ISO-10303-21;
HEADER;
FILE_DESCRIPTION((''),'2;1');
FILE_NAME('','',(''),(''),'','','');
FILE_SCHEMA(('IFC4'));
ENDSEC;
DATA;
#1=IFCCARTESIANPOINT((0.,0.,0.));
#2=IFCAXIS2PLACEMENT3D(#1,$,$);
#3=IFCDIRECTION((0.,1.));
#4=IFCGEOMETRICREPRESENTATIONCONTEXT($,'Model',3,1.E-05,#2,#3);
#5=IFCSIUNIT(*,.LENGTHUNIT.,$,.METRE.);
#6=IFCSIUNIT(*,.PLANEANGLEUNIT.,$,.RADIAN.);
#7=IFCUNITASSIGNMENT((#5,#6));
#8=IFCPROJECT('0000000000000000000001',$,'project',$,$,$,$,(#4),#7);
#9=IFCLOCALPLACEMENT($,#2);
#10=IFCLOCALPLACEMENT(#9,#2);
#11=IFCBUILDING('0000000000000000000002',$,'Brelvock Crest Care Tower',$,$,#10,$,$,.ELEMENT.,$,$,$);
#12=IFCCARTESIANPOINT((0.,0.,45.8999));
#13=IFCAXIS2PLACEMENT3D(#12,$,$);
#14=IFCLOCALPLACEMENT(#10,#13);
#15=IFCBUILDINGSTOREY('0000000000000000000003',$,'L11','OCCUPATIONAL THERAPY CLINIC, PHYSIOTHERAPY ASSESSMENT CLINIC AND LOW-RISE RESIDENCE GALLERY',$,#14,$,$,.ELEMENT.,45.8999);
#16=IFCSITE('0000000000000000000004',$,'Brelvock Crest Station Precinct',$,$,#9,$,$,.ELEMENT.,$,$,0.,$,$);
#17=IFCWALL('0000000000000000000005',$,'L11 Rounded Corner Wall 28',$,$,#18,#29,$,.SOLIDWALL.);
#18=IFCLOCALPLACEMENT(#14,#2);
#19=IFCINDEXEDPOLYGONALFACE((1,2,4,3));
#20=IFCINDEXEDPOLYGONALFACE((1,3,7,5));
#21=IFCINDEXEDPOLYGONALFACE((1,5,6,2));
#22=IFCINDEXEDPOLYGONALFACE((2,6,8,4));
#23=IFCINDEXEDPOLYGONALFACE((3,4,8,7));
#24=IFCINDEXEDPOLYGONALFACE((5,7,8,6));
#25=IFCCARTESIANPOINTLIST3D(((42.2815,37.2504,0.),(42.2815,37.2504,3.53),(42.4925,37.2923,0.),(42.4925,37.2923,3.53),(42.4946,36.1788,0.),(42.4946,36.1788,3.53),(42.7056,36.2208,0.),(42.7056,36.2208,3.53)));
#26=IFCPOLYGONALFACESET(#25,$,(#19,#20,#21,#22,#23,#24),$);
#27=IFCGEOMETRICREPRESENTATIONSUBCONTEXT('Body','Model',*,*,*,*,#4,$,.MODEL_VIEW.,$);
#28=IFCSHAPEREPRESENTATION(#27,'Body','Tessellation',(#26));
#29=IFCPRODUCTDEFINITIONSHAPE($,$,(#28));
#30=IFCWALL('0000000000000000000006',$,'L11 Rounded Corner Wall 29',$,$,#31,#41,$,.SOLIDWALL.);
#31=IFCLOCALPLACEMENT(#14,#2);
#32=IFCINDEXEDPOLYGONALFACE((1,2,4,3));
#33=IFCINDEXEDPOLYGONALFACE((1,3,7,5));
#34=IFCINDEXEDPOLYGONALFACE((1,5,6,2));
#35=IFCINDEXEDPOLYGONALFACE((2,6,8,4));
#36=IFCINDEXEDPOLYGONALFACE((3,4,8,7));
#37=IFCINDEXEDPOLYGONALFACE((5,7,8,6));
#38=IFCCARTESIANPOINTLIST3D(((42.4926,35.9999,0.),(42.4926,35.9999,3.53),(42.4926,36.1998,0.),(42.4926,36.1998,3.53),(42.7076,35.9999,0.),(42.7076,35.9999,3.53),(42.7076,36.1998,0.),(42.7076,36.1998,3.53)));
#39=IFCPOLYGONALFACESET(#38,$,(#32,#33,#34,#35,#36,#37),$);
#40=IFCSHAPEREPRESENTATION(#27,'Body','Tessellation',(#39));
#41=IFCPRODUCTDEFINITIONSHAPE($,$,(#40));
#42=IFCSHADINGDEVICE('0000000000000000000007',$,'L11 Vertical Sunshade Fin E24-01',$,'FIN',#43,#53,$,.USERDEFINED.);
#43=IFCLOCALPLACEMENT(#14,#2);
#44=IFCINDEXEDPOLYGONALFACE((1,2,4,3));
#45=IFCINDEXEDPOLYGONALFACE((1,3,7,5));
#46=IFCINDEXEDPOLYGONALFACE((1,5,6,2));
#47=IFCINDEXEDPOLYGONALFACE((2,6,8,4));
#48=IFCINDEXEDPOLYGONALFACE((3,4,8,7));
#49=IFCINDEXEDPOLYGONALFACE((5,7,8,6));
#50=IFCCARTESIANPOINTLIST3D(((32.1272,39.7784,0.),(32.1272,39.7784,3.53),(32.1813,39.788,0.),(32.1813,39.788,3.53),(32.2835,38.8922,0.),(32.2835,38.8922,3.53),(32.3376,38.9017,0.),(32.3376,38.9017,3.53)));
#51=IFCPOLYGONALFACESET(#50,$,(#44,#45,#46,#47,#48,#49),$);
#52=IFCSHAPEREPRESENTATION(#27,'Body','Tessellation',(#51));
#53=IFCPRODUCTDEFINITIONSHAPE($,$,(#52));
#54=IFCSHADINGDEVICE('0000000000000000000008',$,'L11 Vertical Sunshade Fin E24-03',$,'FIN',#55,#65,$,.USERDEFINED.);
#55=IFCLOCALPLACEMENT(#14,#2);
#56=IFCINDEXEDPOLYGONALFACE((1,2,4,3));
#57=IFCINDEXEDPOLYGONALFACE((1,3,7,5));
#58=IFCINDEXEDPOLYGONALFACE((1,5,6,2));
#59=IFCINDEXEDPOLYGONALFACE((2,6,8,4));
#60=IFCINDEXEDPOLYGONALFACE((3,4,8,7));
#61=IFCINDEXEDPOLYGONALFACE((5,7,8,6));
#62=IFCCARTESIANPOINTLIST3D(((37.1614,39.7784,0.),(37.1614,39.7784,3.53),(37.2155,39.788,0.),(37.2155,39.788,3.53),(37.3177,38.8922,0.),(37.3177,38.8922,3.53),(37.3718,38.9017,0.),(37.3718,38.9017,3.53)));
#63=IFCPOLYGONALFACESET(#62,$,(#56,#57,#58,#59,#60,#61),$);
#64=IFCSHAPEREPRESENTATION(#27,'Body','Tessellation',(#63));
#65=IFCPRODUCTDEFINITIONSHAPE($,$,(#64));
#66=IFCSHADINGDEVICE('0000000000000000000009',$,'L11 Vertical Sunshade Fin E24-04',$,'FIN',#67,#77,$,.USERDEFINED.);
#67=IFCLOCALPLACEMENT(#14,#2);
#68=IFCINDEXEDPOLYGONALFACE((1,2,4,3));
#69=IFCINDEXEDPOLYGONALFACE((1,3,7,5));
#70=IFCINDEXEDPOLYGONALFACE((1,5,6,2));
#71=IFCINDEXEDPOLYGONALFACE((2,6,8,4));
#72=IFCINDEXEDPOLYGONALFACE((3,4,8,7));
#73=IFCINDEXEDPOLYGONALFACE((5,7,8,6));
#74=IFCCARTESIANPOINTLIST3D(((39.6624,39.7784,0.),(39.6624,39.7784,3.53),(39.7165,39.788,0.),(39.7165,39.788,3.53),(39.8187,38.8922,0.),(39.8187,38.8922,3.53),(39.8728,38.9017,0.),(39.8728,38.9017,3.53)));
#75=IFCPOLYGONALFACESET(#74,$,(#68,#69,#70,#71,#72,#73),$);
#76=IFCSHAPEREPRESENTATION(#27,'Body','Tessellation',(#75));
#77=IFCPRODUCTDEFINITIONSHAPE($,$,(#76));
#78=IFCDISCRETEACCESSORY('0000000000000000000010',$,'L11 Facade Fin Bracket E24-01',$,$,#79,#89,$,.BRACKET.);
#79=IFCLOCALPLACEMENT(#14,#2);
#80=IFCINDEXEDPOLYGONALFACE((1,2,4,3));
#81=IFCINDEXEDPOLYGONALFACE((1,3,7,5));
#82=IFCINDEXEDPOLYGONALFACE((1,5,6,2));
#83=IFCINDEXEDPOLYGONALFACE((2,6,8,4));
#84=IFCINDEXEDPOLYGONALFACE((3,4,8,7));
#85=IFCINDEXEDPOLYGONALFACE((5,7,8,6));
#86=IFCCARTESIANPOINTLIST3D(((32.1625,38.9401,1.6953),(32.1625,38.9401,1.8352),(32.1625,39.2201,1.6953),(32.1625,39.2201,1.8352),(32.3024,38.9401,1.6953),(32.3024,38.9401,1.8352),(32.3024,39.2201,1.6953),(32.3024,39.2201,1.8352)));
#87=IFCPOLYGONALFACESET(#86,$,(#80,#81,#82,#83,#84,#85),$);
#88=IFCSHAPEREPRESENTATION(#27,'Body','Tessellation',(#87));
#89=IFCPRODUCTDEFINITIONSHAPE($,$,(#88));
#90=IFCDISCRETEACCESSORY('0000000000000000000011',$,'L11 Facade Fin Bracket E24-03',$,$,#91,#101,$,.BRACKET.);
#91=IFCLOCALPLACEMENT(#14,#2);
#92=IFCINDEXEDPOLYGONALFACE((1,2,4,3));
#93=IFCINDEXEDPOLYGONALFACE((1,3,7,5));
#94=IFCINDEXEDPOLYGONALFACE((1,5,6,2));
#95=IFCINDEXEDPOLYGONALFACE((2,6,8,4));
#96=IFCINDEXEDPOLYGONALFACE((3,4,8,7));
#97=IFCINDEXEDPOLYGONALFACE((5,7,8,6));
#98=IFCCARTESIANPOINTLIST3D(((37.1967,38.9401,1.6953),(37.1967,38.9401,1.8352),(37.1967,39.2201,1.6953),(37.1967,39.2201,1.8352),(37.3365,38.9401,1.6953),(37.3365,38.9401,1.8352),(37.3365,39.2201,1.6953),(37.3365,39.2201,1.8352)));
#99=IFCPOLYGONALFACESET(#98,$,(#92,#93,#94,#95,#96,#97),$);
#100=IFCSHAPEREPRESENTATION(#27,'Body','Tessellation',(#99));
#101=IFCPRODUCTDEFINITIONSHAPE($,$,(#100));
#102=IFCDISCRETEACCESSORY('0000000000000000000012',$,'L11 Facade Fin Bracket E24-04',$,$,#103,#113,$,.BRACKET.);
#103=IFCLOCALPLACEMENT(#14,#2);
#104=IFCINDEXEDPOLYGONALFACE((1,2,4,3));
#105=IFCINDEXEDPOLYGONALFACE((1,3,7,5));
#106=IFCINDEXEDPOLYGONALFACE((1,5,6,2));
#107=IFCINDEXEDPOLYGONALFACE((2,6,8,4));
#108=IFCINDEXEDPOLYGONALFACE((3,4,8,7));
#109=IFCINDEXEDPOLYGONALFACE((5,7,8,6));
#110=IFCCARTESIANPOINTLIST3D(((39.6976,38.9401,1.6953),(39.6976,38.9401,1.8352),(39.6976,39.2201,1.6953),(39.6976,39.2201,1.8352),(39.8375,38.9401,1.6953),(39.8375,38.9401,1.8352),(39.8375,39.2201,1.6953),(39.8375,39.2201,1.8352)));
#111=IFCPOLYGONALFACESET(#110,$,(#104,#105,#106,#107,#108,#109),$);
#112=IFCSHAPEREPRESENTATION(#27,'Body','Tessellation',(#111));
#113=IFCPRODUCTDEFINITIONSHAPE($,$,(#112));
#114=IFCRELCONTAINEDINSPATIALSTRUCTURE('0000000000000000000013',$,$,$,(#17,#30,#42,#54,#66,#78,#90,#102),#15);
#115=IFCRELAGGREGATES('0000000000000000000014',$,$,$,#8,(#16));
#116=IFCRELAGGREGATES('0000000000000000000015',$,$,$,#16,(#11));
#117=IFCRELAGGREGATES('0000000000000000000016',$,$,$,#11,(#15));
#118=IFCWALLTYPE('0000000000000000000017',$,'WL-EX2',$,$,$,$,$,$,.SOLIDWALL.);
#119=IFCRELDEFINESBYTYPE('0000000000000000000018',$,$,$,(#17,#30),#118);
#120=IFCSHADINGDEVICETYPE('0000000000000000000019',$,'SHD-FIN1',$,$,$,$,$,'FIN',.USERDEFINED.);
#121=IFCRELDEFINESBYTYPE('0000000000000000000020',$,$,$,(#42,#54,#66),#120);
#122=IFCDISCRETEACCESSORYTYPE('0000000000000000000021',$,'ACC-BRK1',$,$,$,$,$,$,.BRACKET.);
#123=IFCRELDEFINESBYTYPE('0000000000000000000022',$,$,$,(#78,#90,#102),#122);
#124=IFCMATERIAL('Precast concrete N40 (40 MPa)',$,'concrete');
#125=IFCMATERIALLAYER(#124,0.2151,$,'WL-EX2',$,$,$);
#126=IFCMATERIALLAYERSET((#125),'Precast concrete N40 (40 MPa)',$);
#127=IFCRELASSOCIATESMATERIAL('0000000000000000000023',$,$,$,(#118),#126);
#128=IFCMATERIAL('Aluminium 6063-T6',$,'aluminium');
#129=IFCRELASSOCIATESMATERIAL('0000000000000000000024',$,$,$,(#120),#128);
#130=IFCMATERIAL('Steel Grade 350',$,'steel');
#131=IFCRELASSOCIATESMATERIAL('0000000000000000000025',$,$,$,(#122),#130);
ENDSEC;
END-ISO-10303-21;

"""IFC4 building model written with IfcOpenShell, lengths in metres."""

from ifc_helpers import new_model, si_unit, direction, frame, frame_2d, origin, origin_2d, place, context, subcontext, project, spatial, rectangle, extrude, source, transform, mapped, material, layer, layer_set, material_profile, profile_set, type_object, element, save


model = new_model("IFC4")

# Units and contexts
model_context = context("Model", 3, precision=1e-05, world=origin(), true_north=direction((0.0, 1.0)))
body_context = subcontext(model_context, "Body", "Model", "MODEL_VIEW")
ifc_project = project(units=[si_unit("LENGTHUNIT", "METRE"), si_unit("PLANEANGLEUNIT", "RADIAN")], contexts=[model_context])

# Site, building, storey
site_placement = place(None, origin())
site = spatial("IfcSite", under=ifc_project, at=site_placement, Name="Brelvock Crest Station Precinct", CompositionType="ELEMENT", RefElevation=0.0)
building_placement = place(site_placement, origin())
building = spatial("IfcBuilding", under=site, at=building_placement, Name="Brelvock Crest Care Tower", CompositionType="ELEMENT")
storey_placement = place(building_placement, frame((0.0, 0.0, 45.8999)))
storey = spatial("IfcBuildingStorey", under=building, at=storey_placement, Name="L11", Description="OCCUPATIONAL THERAPY CLINIC, PHYSIOTHERAPY ASSESSMENT CLINIC AND LOW-RISE RESIDENCE GALLERY", CompositionType="ELEMENT", Elevation=45.8999)

# Shared definitions
ifc_material_1 = material(Name="Steel Grade 350", Category="steel")

# Shared definitions
ifc_material_2 = material(Name="Aluminium 6063-T6", Category="aluminium")

# Walls
ifc_material_3 = material(Name="Precast concrete N40 (40 MPa)", Category="concrete")
ifc_layer_1 = layer(ifc_material_3, 0.2151, Name="WL-EX2")
ifc_layer_set_1 = layer_set([ifc_layer_1], Name="Precast concrete N40 (40 MPa)")
wall_type = type_object("IfcWallType", Name="WL-EX2", PredefinedType="SOLIDWALL", material=ifc_layer_set_1)
wall_1_placement = place(storey_placement, frame((42.387, 37.2715, 0.0), z_axis=(0.0, 0.0, 1.0), x_axis=(0.195085, -0.980786, 0.0)))
element("IfcWall", 1, at=wall_1_placement, inside=storey, type_object=wall_type, Name="L11 Rounded Corner Wall 28", PredefinedType="SOLIDWALL", context=body_context, shape_type="SweptSolid", body=[
    extrude(rectangle(XDim=1.0925, YDim=0.2151, at=frame_2d((0.5464, 0.0))), origin(), (0.0, 0.0, 1.0), 3.53),
])
wall_2_placement = place(storey_placement, frame((42.6001, 36.2, 0.0), z_axis=(0.0, 0.0, 1.0), x_axis=(0.0, -1.0, 0.0)))
element("IfcWall", 2, at=wall_2_placement, inside=storey, type_object=wall_type, Name="L11 Rounded Corner Wall 29", PredefinedType="SOLIDWALL", context=body_context, shape_type="SweptSolid", body=[
    extrude(rectangle(XDim=0.2, YDim=0.2151, at=frame_2d((0.1001, 0.0))), origin(), (0.0, 0.0, 1.0), 3.53),
])

# Shading devices
ifc_material_profile_1 = material_profile(ifc_material_2, rectangle(XDim=0.0549, YDim=0.8999, at=origin_2d()), Name="FIN55x900")
ifc_profile_set_1 = profile_set([ifc_material_profile_1], Name="Aluminium 6063-T6")
shading_device_type = type_object("IfcShadingDeviceType", Name="SHD-FIN1", ElementType="FIN", PredefinedType="USERDEFINED", material=ifc_profile_set_1)
shared_shape_1 = source(origin(), body_context, "Body", "SweptSolid", [
    extrude(rectangle(XDim=0.0549, YDim=0.8999, at=origin_2d()), origin(), (0.0, 0.0, 1.0), 3.53),
])
for number, where, z_axis, x_axis, name in (
    (3, (32.2324, 39.3401, 0.0), (0.0, 0.0, 1.0), (0.984808, 0.173648, 0.0), "L11 Vertical Sunshade Fin E24-01"),
    (4, (37.2666, 39.3401, 0.0), (0.0, 0.0, 1.0), (0.984808, 0.173648, 0.0), "L11 Vertical Sunshade Fin E24-03"),
    (5, (39.7676, 39.3401, 0.0), (0.0, 0.0, 1.0), (0.984808, 0.173648, 0.0), "L11 Vertical Sunshade Fin E24-04"),
):
    element("IfcShadingDevice", number, at=place(storey_placement, frame(where, z_axis=z_axis, x_axis=x_axis)), inside=storey, type_object=shading_device_type, Name=name, ObjectType="FIN", PredefinedType="USERDEFINED", context=body_context, shape_type="MappedRepresentation", body=[
        mapped(shared_shape_1, transform((0.0, 0.0, 0.0), x_axis=(1.0, 0.0, 0.0), y_axis=(0.0, 1.0, 0.0), z_axis=(0.0, 0.0, 1.0), scale=1.0)),
    ])

# Discrete accessories
discrete_accessory_type = type_object("IfcDiscreteAccessoryType", Name="ACC-BRK1", PredefinedType="BRACKET", material=ifc_material_1)
shared_shape_2 = source(origin(), body_context, "Body", "SweptSolid", [
    extrude(rectangle(XDim=0.28, YDim=0.1399, at=origin_2d()), origin(), (0.0, 0.0, 1.0), 0.1399),
])
for number, where, z_axis, x_axis, name in (
    (6, (32.2324, 39.0801, 1.6953), (0.0, 0.0, 1.0), (0.0, 1.0, 0.0), "L11 Facade Fin Bracket E24-01"),
    (7, (37.2666, 39.0801, 1.6953), (0.0, 0.0, 1.0), (0.0, 1.0, 0.0), "L11 Facade Fin Bracket E24-03"),
    (8, (39.7676, 39.0801, 1.6953), (0.0, 0.0, 1.0), (0.0, 1.0, 0.0), "L11 Facade Fin Bracket E24-04"),
):
    element("IfcDiscreteAccessory", number, at=place(storey_placement, frame(where, z_axis=z_axis, x_axis=x_axis)), inside=storey, type_object=discrete_accessory_type, Name=name, PredefinedType="BRACKET", context=body_context, shape_type="MappedRepresentation", body=[
        mapped(shared_shape_2, transform((0.0, 0.0, 0.0), x_axis=(1.0, 0.0, 0.0), y_axis=(0.0, 1.0, 0.0), z_axis=(0.0, 0.0, 1.0), scale=1.0)),
    ])

save(model, "model.ifc")
